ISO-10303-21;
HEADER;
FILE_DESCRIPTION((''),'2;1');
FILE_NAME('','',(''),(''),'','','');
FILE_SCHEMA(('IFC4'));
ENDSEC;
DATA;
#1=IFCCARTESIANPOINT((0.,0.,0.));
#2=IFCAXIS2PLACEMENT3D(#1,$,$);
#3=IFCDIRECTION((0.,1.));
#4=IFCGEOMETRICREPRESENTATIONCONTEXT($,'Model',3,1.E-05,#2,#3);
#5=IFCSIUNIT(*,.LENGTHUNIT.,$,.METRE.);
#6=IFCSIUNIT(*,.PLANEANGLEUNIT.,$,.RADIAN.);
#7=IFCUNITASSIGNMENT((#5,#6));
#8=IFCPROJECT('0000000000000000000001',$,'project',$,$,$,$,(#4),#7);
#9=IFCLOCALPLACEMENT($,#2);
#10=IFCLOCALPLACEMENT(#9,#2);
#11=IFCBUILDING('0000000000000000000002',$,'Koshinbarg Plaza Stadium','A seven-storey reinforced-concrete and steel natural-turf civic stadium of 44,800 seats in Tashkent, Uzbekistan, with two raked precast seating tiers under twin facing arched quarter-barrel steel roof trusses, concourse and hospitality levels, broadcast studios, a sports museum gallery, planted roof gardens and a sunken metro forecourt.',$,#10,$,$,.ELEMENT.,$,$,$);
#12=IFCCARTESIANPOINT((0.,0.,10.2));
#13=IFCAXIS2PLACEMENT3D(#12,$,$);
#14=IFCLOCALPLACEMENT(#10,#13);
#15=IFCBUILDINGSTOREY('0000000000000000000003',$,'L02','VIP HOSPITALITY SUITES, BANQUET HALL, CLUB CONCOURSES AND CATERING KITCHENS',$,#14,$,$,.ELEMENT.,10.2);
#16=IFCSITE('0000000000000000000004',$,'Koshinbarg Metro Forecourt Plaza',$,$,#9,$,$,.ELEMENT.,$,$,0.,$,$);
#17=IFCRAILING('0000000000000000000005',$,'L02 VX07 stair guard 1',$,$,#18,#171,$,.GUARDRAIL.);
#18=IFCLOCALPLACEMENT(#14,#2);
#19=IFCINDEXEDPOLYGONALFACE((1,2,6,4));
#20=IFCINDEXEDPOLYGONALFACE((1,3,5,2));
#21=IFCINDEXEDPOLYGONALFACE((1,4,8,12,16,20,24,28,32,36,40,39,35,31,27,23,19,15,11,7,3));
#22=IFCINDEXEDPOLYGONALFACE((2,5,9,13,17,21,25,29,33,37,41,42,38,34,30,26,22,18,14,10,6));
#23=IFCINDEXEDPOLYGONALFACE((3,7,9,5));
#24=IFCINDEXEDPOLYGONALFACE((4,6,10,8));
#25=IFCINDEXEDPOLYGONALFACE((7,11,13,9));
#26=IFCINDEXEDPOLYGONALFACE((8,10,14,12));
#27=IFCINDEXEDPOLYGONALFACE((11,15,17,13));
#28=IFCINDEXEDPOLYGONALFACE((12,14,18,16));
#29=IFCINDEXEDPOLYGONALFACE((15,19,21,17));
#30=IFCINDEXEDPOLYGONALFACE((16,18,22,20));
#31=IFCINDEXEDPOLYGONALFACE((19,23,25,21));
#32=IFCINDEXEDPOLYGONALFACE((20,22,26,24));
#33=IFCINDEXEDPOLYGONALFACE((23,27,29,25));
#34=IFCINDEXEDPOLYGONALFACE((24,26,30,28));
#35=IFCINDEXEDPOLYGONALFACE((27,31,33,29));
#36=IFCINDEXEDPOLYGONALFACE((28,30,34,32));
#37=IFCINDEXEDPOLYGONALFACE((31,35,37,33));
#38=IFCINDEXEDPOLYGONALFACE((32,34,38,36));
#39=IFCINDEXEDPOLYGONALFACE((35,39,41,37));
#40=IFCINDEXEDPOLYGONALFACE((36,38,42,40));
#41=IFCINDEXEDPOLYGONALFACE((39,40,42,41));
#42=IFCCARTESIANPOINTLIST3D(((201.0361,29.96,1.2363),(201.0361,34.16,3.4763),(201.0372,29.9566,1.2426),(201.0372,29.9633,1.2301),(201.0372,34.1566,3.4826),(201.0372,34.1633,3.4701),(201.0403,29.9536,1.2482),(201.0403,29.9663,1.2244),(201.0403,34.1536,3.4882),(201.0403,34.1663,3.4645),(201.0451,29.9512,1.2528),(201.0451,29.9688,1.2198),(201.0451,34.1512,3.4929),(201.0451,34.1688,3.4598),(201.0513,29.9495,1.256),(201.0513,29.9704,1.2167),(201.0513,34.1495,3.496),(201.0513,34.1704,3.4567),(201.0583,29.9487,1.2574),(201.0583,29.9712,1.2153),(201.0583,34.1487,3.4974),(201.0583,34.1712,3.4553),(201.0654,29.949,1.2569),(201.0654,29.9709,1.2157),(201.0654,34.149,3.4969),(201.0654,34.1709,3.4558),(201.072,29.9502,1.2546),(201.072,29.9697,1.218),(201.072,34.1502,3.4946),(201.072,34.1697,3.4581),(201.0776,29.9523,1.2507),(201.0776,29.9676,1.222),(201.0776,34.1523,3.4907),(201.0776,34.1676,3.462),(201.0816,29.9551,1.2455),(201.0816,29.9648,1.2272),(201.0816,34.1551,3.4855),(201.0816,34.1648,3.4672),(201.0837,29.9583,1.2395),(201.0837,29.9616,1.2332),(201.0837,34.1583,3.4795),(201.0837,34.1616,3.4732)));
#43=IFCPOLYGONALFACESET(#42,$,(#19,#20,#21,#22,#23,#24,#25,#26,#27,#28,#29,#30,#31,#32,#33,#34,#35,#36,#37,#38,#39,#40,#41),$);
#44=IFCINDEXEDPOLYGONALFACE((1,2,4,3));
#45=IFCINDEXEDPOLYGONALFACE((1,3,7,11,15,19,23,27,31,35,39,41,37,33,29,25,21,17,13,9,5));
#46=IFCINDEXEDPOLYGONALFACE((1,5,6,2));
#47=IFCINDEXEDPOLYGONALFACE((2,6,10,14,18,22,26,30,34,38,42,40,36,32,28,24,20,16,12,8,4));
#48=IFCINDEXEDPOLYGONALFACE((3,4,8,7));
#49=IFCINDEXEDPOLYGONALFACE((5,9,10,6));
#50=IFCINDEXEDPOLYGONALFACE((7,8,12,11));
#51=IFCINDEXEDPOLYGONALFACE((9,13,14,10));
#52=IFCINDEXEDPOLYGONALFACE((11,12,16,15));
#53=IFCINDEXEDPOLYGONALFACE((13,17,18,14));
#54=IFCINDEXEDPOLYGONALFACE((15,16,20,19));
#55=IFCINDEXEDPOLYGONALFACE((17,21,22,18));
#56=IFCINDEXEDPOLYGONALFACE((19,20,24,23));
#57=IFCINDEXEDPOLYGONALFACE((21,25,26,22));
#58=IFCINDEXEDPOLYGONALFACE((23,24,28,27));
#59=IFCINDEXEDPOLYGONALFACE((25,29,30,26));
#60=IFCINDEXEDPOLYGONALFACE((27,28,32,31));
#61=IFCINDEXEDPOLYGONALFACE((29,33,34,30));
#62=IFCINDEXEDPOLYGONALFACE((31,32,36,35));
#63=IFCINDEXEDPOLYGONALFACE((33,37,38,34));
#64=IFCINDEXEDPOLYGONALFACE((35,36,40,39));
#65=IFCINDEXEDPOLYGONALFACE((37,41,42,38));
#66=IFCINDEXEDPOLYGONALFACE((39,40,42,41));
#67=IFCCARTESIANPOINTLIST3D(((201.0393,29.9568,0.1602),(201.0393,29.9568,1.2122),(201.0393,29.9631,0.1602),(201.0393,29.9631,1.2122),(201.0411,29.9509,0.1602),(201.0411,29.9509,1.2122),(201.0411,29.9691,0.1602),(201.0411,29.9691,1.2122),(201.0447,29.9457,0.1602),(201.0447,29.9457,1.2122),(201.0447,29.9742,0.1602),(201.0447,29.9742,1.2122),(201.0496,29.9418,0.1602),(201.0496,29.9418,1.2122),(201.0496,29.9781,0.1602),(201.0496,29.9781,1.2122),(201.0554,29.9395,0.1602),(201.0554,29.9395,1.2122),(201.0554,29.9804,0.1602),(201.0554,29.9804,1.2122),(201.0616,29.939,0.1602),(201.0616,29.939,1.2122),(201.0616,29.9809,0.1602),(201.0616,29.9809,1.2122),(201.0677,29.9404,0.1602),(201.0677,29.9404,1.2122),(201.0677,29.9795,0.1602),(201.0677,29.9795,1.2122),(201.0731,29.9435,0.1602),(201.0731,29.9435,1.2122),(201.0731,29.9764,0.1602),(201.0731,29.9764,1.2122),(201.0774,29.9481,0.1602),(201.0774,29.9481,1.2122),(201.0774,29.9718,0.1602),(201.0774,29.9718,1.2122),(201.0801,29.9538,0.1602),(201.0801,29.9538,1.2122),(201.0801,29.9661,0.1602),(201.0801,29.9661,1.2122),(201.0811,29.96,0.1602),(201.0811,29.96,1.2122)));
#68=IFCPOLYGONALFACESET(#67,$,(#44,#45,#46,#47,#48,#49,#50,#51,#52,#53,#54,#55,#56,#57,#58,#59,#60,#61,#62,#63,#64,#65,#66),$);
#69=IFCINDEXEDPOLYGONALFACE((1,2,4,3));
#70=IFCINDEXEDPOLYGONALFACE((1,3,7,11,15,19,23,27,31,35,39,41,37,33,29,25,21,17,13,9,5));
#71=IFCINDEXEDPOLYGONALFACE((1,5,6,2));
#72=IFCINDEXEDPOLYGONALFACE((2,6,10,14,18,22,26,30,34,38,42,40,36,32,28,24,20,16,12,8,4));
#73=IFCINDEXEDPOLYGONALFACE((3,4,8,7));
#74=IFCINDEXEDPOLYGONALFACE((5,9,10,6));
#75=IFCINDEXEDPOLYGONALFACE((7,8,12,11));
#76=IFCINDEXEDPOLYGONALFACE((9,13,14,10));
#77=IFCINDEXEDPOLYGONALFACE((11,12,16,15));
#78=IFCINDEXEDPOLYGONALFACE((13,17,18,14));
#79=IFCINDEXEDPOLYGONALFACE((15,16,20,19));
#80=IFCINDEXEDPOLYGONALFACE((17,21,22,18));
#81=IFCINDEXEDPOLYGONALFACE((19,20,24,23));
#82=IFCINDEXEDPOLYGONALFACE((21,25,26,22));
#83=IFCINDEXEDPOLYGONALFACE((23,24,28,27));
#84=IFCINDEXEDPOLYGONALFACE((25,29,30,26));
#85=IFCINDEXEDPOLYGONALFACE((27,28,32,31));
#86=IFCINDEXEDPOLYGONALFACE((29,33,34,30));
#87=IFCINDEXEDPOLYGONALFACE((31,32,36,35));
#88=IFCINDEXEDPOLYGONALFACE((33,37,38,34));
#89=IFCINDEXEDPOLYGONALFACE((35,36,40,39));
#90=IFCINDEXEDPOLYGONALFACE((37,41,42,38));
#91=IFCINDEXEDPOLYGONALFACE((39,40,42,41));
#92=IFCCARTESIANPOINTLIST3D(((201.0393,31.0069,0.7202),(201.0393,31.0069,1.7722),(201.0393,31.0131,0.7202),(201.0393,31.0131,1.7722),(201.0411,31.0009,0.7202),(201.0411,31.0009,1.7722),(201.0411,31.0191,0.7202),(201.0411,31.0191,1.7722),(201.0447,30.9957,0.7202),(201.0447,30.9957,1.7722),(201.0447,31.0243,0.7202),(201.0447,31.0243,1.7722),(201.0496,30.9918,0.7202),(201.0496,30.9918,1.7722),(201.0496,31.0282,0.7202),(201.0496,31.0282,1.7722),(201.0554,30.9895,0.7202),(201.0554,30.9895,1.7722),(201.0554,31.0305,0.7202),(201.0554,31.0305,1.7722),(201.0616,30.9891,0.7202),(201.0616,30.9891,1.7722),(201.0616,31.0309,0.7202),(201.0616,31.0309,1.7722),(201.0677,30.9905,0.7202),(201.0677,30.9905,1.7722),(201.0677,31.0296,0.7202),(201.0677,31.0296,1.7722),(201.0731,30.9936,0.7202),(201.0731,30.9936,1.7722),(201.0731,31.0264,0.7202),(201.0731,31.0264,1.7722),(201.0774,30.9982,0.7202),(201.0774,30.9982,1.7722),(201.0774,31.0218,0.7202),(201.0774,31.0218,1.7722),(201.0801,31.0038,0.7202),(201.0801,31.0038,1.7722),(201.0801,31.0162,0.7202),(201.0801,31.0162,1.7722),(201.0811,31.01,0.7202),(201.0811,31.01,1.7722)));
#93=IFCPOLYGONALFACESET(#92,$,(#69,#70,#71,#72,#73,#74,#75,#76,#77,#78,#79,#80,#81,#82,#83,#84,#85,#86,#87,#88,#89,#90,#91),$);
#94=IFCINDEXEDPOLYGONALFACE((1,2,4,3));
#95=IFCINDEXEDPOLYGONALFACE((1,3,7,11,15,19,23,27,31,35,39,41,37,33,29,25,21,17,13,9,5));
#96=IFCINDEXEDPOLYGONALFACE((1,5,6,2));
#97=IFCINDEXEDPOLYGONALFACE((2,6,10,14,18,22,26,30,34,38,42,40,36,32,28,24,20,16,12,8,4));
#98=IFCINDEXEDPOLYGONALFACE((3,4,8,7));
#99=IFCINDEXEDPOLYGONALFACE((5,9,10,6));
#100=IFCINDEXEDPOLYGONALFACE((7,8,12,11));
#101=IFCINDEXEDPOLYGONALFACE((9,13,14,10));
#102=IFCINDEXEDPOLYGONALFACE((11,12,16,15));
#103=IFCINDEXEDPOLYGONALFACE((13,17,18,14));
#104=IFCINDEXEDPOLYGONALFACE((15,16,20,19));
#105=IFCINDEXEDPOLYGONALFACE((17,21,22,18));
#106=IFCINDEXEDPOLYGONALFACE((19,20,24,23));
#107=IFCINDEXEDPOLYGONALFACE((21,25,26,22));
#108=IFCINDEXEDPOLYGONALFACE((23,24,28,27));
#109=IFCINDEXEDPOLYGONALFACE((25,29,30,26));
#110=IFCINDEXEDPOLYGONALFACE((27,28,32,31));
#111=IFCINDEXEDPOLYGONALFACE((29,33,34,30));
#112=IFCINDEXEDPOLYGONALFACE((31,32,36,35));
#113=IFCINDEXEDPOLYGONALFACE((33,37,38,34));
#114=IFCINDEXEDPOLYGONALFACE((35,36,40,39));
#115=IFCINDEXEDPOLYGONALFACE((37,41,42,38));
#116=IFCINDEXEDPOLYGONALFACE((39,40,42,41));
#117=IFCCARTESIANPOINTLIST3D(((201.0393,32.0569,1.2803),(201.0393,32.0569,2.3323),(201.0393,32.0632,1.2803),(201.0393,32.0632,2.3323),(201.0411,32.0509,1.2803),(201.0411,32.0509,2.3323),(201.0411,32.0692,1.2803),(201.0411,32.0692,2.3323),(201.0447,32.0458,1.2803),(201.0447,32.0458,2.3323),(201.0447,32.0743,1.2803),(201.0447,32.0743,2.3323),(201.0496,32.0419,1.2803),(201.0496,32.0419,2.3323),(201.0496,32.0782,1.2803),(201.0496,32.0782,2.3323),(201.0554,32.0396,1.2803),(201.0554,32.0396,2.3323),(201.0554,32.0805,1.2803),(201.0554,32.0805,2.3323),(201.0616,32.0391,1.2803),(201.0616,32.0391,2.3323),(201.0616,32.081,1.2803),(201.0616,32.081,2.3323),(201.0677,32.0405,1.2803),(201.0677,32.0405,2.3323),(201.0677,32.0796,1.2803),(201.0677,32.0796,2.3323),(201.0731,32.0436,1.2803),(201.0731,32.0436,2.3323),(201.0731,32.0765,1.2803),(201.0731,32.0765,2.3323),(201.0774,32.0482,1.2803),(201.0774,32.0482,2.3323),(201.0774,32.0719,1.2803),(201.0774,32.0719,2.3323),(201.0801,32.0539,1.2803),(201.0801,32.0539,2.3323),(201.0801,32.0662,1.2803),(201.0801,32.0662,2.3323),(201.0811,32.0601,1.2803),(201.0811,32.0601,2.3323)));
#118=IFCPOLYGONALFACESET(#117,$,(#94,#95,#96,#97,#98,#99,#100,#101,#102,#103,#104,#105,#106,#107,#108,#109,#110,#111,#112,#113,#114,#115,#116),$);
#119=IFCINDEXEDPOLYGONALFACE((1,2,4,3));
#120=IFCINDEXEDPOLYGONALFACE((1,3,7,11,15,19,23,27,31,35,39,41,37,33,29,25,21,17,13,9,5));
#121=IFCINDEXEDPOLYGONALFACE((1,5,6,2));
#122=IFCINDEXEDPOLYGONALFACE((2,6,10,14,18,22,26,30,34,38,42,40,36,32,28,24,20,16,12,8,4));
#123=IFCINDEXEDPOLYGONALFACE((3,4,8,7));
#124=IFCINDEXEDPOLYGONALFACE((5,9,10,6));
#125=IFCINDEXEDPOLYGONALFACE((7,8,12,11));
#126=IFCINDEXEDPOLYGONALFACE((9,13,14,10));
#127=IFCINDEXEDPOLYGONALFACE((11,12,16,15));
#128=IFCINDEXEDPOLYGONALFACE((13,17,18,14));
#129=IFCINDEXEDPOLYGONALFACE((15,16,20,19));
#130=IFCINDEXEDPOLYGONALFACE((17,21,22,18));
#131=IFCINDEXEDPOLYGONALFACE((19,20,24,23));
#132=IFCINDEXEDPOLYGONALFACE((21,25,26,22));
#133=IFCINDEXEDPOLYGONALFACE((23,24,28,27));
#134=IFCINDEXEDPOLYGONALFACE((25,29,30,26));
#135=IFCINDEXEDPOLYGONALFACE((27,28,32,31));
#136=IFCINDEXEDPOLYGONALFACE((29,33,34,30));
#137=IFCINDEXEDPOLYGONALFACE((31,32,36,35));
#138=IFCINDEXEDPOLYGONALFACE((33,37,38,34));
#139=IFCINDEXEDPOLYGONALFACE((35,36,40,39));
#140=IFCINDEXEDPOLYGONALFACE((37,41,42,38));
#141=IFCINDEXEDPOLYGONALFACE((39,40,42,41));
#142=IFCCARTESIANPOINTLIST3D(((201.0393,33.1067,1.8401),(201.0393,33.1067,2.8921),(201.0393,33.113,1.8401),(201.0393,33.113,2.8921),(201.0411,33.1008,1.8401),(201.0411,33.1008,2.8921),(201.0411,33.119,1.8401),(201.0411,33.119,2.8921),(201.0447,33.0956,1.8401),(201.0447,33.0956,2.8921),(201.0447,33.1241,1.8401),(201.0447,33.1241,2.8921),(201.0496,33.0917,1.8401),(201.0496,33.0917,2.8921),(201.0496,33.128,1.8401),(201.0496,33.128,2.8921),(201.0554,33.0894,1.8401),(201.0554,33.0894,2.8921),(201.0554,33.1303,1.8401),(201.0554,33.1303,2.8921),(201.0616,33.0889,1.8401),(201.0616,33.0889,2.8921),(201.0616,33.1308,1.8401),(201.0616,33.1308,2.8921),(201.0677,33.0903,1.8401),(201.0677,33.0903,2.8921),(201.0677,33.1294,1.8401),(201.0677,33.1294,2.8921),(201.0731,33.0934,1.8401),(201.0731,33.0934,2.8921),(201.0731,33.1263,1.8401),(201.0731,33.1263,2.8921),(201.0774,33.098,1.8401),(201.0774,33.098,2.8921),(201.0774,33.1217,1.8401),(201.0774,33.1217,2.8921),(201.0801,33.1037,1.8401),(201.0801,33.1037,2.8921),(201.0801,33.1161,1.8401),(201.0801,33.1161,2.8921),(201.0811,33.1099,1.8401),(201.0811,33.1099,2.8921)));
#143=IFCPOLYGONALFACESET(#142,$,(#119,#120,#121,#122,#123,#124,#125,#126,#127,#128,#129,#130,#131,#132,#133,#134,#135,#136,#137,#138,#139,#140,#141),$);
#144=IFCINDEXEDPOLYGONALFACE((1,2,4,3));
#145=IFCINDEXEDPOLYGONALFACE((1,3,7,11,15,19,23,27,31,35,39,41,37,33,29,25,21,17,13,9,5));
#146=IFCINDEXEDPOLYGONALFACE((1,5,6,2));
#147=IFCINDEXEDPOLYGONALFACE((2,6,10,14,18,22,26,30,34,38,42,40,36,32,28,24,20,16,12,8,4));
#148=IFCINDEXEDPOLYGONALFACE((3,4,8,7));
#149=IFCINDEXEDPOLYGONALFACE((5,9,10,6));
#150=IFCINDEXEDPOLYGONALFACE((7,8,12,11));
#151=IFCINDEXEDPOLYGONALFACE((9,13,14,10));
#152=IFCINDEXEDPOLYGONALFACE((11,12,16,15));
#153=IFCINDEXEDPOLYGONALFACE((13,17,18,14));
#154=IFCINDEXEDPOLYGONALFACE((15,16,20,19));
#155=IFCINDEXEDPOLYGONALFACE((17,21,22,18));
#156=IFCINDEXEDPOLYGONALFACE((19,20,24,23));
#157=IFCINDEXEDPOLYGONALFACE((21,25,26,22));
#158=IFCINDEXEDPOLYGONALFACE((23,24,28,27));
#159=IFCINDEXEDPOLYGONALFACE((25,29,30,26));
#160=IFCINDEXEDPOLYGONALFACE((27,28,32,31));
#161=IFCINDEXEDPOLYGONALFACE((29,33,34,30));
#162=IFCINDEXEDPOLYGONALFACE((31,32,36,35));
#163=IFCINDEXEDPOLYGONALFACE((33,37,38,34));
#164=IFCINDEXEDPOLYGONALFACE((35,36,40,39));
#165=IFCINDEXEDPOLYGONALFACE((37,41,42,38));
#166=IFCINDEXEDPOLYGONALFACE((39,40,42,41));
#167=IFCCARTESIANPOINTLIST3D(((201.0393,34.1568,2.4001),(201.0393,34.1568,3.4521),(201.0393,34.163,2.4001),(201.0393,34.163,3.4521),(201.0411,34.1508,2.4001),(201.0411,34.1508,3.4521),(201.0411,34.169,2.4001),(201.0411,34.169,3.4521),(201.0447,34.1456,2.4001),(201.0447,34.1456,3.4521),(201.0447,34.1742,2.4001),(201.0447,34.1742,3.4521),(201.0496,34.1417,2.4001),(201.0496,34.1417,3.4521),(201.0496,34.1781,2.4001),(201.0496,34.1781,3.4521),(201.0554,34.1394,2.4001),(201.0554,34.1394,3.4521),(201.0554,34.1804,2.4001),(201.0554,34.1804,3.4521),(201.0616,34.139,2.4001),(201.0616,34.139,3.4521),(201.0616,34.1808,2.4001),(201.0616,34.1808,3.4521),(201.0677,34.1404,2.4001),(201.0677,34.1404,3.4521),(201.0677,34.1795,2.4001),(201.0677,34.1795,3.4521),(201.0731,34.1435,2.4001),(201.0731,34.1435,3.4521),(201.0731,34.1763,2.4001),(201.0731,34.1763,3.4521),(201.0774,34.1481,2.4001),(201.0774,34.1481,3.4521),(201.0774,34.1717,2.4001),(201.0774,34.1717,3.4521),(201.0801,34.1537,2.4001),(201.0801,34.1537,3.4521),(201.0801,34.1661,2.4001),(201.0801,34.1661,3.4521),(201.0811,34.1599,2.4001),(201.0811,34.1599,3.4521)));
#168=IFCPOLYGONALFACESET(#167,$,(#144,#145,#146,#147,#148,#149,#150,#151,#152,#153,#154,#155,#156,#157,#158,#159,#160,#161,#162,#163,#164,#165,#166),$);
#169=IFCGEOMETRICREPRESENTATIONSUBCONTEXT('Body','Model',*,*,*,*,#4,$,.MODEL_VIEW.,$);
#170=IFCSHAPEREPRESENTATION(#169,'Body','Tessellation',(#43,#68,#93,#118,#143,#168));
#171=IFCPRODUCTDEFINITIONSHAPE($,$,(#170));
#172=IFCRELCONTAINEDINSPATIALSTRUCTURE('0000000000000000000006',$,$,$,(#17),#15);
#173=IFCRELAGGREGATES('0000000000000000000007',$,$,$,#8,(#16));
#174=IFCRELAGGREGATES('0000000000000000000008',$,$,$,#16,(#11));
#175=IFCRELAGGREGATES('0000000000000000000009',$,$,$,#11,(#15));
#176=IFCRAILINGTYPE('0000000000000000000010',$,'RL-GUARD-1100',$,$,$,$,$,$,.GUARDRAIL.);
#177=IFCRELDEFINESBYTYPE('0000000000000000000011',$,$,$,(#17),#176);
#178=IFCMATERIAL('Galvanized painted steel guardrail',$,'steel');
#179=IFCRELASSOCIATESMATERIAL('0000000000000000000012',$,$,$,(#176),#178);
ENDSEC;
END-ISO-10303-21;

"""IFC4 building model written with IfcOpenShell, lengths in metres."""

from ifc_helpers import new_model, si_unit, direction, frame, origin, origin_2d, place, context, subcontext, project, spatial, circle, extrude, material, type_object, element, save


model = new_model("IFC4")

# Units and contexts
model_context = context("Model", 3, precision=1e-05, world=origin(), true_north=direction((0.0, 1.0)))
body_context = subcontext(model_context, "Body", "Model", "MODEL_VIEW")
ifc_project = project(units=[si_unit("LENGTHUNIT", "METRE"), si_unit("PLANEANGLEUNIT", "RADIAN")], contexts=[model_context])

# Site, building, storey
site_placement = place(None, origin())
site = spatial("IfcSite", under=ifc_project, at=site_placement, Name="Koshinbarg Metro Forecourt Plaza", CompositionType="ELEMENT", RefElevation=0.0)
building_placement = place(site_placement, origin())
building = spatial("IfcBuilding", under=site, at=building_placement, Name="Koshinbarg Plaza Stadium", Description="A seven-storey reinforced-concrete and steel natural-turf civic stadium of 44,800 seats in Tashkent, Uzbekistan, with two raked precast seating tiers under twin facing arched quarter-barrel steel roof trusses, concourse and hospitality levels, broadcast studios, a sports museum gallery, planted roof gardens and a sunken metro forecourt.", CompositionType="ELEMENT")
storey_placement = place(building_placement, frame((0.0, 0.0, 10.2)))
storey = spatial("IfcBuildingStorey", under=building, at=storey_placement, Name="L02", Description="VIP HOSPITALITY SUITES, BANQUET HALL, CLUB CONCOURSES AND CATERING KITCHENS", CompositionType="ELEMENT", Elevation=10.2)

# Railing
ifc_material_1 = material(Name="Galvanized painted steel guardrail", Category="steel")
railing_type_1 = type_object("IfcRailingType", Name="RL-GUARD-1100", PredefinedType="GUARDRAIL", material=ifc_material_1)
railing_1_placement = place(storey_placement, frame((201.0601, 29.96, 0.1602)))
element("IfcRailing", 1, at=railing_1_placement, inside=storey, type_object=railing_type_1, Name="L02 VX07 stair guard 1", PredefinedType="GUARDRAIL", context=body_context, shape_type="SweptSolid", body=[
    extrude(circle(Radius=0.0239, at=origin_2d()), frame((0.0, 0.0, 1.0762), z_axis=(0.0, 0.882352, 0.470591), x_axis=(-1.0, 0.0, 0.0)), (0.0, 0.0, 1.0), 4.76),
    extrude(circle(Radius=0.021, at=origin_2d()), origin(), (0.0, 0.0, 1.0), 1.052),
    extrude(circle(Radius=0.021, at=origin_2d()), frame((0.0, 1.05, 0.5601)), (0.0, 0.0, 1.0), 1.052),
    extrude(circle(Radius=0.021, at=origin_2d()), frame((0.0, 2.1001, 1.1201)), (0.0, 0.0, 1.0), 1.052),
    extrude(circle(Radius=0.021, at=origin_2d()), frame((0.0, 3.1499, 1.6799)), (0.0, 0.0, 1.0), 1.052),
    extrude(circle(Radius=0.021, at=origin_2d()), frame((0.0, 4.2, 2.24)), (0.0, 0.0, 1.0), 1.052),
])

save(model, "model.ifc")
